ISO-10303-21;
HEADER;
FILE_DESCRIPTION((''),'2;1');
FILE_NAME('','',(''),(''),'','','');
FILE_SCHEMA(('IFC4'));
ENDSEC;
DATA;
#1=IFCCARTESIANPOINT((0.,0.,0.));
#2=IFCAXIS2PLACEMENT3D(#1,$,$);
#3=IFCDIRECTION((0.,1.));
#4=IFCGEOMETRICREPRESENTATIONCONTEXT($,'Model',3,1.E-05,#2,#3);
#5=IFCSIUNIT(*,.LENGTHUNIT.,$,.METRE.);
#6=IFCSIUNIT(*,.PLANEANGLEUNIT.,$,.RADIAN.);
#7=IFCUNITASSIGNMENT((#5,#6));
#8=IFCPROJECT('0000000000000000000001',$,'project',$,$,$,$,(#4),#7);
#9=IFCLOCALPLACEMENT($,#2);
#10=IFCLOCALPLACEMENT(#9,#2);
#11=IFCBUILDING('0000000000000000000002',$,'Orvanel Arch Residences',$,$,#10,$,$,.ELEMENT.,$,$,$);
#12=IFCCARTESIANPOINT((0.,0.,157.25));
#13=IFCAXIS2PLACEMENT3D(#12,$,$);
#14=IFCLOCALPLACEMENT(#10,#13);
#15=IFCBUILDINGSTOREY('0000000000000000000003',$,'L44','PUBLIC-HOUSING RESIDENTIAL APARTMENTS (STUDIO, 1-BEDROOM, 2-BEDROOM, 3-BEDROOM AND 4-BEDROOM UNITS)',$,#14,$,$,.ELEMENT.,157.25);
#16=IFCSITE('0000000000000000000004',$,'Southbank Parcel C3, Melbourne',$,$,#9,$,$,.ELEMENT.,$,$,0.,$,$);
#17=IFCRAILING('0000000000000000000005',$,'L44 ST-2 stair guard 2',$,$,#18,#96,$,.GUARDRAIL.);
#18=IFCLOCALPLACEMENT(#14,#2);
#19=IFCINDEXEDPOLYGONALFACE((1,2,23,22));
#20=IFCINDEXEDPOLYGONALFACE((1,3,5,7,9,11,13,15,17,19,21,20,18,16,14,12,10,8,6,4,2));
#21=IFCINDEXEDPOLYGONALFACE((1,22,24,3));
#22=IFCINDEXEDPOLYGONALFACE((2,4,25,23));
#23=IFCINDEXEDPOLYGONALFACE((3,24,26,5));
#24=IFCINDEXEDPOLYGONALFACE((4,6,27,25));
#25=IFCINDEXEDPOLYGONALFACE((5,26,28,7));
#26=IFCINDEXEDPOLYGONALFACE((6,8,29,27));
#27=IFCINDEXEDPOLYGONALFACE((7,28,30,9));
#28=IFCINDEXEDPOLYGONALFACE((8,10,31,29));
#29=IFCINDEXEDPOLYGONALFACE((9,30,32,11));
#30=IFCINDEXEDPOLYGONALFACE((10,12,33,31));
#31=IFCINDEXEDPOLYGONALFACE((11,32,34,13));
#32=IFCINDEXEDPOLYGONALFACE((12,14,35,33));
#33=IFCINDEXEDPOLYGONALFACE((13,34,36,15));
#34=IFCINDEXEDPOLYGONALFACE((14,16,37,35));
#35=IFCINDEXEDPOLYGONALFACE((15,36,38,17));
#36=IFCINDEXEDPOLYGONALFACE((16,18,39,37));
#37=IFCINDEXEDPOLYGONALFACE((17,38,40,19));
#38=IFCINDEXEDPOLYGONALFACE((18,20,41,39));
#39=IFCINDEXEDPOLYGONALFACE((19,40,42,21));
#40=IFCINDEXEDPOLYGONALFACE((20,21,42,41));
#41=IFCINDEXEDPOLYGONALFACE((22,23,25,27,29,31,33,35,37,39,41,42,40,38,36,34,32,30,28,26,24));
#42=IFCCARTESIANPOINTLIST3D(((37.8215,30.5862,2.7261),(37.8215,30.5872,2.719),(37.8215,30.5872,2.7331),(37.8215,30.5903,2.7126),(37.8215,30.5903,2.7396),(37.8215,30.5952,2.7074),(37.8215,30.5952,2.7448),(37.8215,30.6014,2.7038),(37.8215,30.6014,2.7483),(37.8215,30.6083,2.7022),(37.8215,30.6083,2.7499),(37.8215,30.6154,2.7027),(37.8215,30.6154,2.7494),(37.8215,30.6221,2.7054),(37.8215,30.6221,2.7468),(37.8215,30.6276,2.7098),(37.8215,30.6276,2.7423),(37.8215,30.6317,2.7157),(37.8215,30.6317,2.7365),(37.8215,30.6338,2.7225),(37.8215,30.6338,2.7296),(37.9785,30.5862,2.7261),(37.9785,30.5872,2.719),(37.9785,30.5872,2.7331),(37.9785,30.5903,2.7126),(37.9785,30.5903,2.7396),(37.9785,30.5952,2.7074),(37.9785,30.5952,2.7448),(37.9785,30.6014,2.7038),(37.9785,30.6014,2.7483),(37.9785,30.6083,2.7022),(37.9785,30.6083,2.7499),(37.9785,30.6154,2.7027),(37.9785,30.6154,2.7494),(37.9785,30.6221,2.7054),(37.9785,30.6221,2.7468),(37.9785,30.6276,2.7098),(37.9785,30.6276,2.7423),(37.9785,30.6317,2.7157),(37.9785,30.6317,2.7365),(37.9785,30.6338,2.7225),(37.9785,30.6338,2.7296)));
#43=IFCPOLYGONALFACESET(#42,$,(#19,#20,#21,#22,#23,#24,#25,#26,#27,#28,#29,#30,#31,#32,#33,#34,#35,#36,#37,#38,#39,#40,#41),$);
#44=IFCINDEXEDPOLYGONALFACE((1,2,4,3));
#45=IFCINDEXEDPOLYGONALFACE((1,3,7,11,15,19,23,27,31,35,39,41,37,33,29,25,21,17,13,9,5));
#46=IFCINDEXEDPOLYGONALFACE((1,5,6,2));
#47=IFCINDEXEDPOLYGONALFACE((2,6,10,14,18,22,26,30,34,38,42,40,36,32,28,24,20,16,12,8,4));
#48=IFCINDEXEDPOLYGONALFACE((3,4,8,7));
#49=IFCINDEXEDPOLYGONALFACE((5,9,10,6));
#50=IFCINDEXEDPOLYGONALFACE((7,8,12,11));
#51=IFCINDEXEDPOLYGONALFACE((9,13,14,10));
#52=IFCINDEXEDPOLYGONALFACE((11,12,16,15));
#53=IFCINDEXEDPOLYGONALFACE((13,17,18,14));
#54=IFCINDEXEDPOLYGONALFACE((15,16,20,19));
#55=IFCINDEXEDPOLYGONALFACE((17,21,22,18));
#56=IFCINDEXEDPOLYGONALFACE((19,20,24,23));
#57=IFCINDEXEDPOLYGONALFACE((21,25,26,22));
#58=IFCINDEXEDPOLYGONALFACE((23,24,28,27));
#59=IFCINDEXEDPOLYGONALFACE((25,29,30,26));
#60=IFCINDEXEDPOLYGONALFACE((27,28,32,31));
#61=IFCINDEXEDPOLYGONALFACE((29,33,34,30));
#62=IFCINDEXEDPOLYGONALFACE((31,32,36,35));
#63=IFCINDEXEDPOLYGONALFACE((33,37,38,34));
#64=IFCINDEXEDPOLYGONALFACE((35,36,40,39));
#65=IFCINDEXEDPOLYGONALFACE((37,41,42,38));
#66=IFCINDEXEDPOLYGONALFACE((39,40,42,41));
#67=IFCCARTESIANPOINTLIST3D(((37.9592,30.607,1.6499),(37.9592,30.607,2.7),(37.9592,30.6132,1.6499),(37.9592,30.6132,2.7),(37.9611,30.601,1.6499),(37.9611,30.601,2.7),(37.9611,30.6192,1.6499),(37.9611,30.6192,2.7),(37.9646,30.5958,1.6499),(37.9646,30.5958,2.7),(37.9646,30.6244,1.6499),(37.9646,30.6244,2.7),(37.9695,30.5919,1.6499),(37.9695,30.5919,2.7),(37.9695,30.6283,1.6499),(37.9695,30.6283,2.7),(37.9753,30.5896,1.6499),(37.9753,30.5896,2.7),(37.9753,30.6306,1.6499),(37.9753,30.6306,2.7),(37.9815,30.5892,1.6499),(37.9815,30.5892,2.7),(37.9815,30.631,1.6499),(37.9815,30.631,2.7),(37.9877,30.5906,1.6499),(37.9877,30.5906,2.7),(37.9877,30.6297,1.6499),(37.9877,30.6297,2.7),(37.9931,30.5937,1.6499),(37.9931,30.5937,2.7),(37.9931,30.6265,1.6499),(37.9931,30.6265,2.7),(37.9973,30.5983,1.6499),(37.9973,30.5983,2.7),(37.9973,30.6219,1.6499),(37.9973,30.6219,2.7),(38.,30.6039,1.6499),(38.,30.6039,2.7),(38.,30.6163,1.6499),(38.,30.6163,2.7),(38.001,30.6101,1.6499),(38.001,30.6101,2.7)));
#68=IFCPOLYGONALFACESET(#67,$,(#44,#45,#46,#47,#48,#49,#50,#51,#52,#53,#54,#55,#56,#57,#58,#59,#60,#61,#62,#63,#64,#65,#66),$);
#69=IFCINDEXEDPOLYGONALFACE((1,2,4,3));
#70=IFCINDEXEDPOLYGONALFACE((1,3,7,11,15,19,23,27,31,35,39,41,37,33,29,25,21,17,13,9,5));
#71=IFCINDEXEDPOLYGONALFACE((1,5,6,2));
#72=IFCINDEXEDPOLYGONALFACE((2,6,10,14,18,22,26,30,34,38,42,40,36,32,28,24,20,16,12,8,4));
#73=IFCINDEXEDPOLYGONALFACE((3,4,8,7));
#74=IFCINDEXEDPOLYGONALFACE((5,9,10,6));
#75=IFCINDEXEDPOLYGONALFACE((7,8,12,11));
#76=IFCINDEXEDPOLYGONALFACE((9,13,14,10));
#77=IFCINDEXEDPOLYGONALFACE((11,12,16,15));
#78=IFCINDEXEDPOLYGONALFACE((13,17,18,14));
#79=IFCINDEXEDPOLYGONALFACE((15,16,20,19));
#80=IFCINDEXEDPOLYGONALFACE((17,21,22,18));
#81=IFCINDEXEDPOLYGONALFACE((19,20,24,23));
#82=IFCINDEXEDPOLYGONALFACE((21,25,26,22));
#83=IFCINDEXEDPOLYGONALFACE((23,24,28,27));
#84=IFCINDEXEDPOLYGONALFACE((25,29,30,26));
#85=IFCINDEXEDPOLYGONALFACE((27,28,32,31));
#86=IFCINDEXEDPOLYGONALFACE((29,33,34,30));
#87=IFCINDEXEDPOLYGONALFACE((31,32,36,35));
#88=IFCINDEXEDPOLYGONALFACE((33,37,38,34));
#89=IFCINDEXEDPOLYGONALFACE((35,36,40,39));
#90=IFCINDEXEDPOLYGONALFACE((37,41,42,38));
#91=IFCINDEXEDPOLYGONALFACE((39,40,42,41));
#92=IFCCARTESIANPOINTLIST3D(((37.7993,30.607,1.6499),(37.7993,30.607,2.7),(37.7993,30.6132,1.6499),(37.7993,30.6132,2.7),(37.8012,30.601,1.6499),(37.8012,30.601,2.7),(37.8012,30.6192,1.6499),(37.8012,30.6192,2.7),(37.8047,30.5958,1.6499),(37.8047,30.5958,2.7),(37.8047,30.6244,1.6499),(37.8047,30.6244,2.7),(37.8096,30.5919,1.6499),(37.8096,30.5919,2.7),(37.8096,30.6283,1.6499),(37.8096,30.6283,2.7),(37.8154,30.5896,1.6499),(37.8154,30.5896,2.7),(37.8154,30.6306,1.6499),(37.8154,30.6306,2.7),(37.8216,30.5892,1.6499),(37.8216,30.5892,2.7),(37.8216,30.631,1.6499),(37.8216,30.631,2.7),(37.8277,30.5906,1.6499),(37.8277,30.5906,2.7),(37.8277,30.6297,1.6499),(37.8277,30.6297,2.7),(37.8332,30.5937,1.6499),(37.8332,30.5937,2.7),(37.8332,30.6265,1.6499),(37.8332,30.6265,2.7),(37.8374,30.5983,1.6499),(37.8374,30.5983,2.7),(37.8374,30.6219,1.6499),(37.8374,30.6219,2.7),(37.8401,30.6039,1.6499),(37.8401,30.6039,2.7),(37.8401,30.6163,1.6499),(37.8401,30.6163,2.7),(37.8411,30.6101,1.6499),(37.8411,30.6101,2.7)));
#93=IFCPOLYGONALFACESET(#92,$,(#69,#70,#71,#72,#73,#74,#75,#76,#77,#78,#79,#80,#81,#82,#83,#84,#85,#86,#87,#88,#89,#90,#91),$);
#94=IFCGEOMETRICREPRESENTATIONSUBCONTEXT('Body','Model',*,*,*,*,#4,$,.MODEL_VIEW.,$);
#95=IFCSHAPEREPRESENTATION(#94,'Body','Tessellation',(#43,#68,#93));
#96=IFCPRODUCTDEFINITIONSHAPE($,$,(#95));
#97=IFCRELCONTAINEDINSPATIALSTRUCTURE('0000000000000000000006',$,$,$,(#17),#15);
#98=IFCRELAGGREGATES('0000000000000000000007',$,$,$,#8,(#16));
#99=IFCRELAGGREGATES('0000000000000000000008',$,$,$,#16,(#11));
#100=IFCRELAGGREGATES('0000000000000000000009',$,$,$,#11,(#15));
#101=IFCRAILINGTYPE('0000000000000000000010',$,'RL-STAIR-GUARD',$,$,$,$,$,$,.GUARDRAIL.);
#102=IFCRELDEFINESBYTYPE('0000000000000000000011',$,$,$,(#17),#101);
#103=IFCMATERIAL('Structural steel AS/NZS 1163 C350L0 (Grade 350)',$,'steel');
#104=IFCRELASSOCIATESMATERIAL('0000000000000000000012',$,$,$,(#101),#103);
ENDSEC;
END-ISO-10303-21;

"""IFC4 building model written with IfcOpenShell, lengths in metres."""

from ifc_helpers import new_model, si_unit, direction, frame, origin, origin_2d, place, context, subcontext, project, spatial, circle, extrude, material, type_object, element, save


model = new_model("IFC4")

# Units and contexts
model_context = context("Model", 3, precision=1e-05, world=origin(), true_north=direction((0.0, 1.0)))
body_context = subcontext(model_context, "Body", "Model", "MODEL_VIEW")
ifc_project = project(units=[si_unit("LENGTHUNIT", "METRE"), si_unit("PLANEANGLEUNIT", "RADIAN")], contexts=[model_context])

# Site, building, storey
site_placement = place(None, origin())
site = spatial("IfcSite", under=ifc_project, at=site_placement, Name="Southbank Parcel C3, Melbourne", CompositionType="ELEMENT", RefElevation=0.0)
building_placement = place(site_placement, origin())
building = spatial("IfcBuilding", under=site, at=building_placement, Name="Orvanel Arch Residences", CompositionType="ELEMENT")
storey_placement = place(building_placement, frame((0.0, 0.0, 157.25)))
storey = spatial("IfcBuildingStorey", under=building, at=storey_placement, Name="L44", Description="PUBLIC-HOUSING RESIDENTIAL APARTMENTS (STUDIO, 1-BEDROOM, 2-BEDROOM, 3-BEDROOM AND 4-BEDROOM UNITS)", CompositionType="ELEMENT", Elevation=157.25)

# Railing
ifc_material_1 = material(Name="Structural steel AS/NZS 1163 C350L0 (Grade 350)", Category="steel")
railing_type_1 = type_object("IfcRailingType", Name="RL-STAIR-GUARD", PredefinedType="GUARDRAIL", material=ifc_material_1)
railing_1_placement = place(storey_placement, frame((37.98, 30.6101, 1.6499)))
element("IfcRailing", 1, at=railing_1_placement, inside=storey, type_object=railing_type_1, Name="L44 ST-2 stair guard 2", PredefinedType="GUARDRAIL", context=body_context, shape_type="SweptSolid", body=[
    extrude(circle(Radius=0.0239, at=origin_2d()), frame((-0.0015, 0.0, 1.0762), z_axis=(-1.0, 0.0, 0.0), x_axis=(0.0, -1.0, 0.0)), (0.0, 0.0, 1.0), 0.157),
    extrude(circle(Radius=0.021, at=origin_2d()), origin(), (0.0, 0.0, 1.0), 1.05),
    extrude(circle(Radius=0.021, at=origin_2d()), frame((-0.1599, 0.0, 0.0)), (0.0, 0.0, 1.0), 1.05),
])

save(model, "model.ifc")
